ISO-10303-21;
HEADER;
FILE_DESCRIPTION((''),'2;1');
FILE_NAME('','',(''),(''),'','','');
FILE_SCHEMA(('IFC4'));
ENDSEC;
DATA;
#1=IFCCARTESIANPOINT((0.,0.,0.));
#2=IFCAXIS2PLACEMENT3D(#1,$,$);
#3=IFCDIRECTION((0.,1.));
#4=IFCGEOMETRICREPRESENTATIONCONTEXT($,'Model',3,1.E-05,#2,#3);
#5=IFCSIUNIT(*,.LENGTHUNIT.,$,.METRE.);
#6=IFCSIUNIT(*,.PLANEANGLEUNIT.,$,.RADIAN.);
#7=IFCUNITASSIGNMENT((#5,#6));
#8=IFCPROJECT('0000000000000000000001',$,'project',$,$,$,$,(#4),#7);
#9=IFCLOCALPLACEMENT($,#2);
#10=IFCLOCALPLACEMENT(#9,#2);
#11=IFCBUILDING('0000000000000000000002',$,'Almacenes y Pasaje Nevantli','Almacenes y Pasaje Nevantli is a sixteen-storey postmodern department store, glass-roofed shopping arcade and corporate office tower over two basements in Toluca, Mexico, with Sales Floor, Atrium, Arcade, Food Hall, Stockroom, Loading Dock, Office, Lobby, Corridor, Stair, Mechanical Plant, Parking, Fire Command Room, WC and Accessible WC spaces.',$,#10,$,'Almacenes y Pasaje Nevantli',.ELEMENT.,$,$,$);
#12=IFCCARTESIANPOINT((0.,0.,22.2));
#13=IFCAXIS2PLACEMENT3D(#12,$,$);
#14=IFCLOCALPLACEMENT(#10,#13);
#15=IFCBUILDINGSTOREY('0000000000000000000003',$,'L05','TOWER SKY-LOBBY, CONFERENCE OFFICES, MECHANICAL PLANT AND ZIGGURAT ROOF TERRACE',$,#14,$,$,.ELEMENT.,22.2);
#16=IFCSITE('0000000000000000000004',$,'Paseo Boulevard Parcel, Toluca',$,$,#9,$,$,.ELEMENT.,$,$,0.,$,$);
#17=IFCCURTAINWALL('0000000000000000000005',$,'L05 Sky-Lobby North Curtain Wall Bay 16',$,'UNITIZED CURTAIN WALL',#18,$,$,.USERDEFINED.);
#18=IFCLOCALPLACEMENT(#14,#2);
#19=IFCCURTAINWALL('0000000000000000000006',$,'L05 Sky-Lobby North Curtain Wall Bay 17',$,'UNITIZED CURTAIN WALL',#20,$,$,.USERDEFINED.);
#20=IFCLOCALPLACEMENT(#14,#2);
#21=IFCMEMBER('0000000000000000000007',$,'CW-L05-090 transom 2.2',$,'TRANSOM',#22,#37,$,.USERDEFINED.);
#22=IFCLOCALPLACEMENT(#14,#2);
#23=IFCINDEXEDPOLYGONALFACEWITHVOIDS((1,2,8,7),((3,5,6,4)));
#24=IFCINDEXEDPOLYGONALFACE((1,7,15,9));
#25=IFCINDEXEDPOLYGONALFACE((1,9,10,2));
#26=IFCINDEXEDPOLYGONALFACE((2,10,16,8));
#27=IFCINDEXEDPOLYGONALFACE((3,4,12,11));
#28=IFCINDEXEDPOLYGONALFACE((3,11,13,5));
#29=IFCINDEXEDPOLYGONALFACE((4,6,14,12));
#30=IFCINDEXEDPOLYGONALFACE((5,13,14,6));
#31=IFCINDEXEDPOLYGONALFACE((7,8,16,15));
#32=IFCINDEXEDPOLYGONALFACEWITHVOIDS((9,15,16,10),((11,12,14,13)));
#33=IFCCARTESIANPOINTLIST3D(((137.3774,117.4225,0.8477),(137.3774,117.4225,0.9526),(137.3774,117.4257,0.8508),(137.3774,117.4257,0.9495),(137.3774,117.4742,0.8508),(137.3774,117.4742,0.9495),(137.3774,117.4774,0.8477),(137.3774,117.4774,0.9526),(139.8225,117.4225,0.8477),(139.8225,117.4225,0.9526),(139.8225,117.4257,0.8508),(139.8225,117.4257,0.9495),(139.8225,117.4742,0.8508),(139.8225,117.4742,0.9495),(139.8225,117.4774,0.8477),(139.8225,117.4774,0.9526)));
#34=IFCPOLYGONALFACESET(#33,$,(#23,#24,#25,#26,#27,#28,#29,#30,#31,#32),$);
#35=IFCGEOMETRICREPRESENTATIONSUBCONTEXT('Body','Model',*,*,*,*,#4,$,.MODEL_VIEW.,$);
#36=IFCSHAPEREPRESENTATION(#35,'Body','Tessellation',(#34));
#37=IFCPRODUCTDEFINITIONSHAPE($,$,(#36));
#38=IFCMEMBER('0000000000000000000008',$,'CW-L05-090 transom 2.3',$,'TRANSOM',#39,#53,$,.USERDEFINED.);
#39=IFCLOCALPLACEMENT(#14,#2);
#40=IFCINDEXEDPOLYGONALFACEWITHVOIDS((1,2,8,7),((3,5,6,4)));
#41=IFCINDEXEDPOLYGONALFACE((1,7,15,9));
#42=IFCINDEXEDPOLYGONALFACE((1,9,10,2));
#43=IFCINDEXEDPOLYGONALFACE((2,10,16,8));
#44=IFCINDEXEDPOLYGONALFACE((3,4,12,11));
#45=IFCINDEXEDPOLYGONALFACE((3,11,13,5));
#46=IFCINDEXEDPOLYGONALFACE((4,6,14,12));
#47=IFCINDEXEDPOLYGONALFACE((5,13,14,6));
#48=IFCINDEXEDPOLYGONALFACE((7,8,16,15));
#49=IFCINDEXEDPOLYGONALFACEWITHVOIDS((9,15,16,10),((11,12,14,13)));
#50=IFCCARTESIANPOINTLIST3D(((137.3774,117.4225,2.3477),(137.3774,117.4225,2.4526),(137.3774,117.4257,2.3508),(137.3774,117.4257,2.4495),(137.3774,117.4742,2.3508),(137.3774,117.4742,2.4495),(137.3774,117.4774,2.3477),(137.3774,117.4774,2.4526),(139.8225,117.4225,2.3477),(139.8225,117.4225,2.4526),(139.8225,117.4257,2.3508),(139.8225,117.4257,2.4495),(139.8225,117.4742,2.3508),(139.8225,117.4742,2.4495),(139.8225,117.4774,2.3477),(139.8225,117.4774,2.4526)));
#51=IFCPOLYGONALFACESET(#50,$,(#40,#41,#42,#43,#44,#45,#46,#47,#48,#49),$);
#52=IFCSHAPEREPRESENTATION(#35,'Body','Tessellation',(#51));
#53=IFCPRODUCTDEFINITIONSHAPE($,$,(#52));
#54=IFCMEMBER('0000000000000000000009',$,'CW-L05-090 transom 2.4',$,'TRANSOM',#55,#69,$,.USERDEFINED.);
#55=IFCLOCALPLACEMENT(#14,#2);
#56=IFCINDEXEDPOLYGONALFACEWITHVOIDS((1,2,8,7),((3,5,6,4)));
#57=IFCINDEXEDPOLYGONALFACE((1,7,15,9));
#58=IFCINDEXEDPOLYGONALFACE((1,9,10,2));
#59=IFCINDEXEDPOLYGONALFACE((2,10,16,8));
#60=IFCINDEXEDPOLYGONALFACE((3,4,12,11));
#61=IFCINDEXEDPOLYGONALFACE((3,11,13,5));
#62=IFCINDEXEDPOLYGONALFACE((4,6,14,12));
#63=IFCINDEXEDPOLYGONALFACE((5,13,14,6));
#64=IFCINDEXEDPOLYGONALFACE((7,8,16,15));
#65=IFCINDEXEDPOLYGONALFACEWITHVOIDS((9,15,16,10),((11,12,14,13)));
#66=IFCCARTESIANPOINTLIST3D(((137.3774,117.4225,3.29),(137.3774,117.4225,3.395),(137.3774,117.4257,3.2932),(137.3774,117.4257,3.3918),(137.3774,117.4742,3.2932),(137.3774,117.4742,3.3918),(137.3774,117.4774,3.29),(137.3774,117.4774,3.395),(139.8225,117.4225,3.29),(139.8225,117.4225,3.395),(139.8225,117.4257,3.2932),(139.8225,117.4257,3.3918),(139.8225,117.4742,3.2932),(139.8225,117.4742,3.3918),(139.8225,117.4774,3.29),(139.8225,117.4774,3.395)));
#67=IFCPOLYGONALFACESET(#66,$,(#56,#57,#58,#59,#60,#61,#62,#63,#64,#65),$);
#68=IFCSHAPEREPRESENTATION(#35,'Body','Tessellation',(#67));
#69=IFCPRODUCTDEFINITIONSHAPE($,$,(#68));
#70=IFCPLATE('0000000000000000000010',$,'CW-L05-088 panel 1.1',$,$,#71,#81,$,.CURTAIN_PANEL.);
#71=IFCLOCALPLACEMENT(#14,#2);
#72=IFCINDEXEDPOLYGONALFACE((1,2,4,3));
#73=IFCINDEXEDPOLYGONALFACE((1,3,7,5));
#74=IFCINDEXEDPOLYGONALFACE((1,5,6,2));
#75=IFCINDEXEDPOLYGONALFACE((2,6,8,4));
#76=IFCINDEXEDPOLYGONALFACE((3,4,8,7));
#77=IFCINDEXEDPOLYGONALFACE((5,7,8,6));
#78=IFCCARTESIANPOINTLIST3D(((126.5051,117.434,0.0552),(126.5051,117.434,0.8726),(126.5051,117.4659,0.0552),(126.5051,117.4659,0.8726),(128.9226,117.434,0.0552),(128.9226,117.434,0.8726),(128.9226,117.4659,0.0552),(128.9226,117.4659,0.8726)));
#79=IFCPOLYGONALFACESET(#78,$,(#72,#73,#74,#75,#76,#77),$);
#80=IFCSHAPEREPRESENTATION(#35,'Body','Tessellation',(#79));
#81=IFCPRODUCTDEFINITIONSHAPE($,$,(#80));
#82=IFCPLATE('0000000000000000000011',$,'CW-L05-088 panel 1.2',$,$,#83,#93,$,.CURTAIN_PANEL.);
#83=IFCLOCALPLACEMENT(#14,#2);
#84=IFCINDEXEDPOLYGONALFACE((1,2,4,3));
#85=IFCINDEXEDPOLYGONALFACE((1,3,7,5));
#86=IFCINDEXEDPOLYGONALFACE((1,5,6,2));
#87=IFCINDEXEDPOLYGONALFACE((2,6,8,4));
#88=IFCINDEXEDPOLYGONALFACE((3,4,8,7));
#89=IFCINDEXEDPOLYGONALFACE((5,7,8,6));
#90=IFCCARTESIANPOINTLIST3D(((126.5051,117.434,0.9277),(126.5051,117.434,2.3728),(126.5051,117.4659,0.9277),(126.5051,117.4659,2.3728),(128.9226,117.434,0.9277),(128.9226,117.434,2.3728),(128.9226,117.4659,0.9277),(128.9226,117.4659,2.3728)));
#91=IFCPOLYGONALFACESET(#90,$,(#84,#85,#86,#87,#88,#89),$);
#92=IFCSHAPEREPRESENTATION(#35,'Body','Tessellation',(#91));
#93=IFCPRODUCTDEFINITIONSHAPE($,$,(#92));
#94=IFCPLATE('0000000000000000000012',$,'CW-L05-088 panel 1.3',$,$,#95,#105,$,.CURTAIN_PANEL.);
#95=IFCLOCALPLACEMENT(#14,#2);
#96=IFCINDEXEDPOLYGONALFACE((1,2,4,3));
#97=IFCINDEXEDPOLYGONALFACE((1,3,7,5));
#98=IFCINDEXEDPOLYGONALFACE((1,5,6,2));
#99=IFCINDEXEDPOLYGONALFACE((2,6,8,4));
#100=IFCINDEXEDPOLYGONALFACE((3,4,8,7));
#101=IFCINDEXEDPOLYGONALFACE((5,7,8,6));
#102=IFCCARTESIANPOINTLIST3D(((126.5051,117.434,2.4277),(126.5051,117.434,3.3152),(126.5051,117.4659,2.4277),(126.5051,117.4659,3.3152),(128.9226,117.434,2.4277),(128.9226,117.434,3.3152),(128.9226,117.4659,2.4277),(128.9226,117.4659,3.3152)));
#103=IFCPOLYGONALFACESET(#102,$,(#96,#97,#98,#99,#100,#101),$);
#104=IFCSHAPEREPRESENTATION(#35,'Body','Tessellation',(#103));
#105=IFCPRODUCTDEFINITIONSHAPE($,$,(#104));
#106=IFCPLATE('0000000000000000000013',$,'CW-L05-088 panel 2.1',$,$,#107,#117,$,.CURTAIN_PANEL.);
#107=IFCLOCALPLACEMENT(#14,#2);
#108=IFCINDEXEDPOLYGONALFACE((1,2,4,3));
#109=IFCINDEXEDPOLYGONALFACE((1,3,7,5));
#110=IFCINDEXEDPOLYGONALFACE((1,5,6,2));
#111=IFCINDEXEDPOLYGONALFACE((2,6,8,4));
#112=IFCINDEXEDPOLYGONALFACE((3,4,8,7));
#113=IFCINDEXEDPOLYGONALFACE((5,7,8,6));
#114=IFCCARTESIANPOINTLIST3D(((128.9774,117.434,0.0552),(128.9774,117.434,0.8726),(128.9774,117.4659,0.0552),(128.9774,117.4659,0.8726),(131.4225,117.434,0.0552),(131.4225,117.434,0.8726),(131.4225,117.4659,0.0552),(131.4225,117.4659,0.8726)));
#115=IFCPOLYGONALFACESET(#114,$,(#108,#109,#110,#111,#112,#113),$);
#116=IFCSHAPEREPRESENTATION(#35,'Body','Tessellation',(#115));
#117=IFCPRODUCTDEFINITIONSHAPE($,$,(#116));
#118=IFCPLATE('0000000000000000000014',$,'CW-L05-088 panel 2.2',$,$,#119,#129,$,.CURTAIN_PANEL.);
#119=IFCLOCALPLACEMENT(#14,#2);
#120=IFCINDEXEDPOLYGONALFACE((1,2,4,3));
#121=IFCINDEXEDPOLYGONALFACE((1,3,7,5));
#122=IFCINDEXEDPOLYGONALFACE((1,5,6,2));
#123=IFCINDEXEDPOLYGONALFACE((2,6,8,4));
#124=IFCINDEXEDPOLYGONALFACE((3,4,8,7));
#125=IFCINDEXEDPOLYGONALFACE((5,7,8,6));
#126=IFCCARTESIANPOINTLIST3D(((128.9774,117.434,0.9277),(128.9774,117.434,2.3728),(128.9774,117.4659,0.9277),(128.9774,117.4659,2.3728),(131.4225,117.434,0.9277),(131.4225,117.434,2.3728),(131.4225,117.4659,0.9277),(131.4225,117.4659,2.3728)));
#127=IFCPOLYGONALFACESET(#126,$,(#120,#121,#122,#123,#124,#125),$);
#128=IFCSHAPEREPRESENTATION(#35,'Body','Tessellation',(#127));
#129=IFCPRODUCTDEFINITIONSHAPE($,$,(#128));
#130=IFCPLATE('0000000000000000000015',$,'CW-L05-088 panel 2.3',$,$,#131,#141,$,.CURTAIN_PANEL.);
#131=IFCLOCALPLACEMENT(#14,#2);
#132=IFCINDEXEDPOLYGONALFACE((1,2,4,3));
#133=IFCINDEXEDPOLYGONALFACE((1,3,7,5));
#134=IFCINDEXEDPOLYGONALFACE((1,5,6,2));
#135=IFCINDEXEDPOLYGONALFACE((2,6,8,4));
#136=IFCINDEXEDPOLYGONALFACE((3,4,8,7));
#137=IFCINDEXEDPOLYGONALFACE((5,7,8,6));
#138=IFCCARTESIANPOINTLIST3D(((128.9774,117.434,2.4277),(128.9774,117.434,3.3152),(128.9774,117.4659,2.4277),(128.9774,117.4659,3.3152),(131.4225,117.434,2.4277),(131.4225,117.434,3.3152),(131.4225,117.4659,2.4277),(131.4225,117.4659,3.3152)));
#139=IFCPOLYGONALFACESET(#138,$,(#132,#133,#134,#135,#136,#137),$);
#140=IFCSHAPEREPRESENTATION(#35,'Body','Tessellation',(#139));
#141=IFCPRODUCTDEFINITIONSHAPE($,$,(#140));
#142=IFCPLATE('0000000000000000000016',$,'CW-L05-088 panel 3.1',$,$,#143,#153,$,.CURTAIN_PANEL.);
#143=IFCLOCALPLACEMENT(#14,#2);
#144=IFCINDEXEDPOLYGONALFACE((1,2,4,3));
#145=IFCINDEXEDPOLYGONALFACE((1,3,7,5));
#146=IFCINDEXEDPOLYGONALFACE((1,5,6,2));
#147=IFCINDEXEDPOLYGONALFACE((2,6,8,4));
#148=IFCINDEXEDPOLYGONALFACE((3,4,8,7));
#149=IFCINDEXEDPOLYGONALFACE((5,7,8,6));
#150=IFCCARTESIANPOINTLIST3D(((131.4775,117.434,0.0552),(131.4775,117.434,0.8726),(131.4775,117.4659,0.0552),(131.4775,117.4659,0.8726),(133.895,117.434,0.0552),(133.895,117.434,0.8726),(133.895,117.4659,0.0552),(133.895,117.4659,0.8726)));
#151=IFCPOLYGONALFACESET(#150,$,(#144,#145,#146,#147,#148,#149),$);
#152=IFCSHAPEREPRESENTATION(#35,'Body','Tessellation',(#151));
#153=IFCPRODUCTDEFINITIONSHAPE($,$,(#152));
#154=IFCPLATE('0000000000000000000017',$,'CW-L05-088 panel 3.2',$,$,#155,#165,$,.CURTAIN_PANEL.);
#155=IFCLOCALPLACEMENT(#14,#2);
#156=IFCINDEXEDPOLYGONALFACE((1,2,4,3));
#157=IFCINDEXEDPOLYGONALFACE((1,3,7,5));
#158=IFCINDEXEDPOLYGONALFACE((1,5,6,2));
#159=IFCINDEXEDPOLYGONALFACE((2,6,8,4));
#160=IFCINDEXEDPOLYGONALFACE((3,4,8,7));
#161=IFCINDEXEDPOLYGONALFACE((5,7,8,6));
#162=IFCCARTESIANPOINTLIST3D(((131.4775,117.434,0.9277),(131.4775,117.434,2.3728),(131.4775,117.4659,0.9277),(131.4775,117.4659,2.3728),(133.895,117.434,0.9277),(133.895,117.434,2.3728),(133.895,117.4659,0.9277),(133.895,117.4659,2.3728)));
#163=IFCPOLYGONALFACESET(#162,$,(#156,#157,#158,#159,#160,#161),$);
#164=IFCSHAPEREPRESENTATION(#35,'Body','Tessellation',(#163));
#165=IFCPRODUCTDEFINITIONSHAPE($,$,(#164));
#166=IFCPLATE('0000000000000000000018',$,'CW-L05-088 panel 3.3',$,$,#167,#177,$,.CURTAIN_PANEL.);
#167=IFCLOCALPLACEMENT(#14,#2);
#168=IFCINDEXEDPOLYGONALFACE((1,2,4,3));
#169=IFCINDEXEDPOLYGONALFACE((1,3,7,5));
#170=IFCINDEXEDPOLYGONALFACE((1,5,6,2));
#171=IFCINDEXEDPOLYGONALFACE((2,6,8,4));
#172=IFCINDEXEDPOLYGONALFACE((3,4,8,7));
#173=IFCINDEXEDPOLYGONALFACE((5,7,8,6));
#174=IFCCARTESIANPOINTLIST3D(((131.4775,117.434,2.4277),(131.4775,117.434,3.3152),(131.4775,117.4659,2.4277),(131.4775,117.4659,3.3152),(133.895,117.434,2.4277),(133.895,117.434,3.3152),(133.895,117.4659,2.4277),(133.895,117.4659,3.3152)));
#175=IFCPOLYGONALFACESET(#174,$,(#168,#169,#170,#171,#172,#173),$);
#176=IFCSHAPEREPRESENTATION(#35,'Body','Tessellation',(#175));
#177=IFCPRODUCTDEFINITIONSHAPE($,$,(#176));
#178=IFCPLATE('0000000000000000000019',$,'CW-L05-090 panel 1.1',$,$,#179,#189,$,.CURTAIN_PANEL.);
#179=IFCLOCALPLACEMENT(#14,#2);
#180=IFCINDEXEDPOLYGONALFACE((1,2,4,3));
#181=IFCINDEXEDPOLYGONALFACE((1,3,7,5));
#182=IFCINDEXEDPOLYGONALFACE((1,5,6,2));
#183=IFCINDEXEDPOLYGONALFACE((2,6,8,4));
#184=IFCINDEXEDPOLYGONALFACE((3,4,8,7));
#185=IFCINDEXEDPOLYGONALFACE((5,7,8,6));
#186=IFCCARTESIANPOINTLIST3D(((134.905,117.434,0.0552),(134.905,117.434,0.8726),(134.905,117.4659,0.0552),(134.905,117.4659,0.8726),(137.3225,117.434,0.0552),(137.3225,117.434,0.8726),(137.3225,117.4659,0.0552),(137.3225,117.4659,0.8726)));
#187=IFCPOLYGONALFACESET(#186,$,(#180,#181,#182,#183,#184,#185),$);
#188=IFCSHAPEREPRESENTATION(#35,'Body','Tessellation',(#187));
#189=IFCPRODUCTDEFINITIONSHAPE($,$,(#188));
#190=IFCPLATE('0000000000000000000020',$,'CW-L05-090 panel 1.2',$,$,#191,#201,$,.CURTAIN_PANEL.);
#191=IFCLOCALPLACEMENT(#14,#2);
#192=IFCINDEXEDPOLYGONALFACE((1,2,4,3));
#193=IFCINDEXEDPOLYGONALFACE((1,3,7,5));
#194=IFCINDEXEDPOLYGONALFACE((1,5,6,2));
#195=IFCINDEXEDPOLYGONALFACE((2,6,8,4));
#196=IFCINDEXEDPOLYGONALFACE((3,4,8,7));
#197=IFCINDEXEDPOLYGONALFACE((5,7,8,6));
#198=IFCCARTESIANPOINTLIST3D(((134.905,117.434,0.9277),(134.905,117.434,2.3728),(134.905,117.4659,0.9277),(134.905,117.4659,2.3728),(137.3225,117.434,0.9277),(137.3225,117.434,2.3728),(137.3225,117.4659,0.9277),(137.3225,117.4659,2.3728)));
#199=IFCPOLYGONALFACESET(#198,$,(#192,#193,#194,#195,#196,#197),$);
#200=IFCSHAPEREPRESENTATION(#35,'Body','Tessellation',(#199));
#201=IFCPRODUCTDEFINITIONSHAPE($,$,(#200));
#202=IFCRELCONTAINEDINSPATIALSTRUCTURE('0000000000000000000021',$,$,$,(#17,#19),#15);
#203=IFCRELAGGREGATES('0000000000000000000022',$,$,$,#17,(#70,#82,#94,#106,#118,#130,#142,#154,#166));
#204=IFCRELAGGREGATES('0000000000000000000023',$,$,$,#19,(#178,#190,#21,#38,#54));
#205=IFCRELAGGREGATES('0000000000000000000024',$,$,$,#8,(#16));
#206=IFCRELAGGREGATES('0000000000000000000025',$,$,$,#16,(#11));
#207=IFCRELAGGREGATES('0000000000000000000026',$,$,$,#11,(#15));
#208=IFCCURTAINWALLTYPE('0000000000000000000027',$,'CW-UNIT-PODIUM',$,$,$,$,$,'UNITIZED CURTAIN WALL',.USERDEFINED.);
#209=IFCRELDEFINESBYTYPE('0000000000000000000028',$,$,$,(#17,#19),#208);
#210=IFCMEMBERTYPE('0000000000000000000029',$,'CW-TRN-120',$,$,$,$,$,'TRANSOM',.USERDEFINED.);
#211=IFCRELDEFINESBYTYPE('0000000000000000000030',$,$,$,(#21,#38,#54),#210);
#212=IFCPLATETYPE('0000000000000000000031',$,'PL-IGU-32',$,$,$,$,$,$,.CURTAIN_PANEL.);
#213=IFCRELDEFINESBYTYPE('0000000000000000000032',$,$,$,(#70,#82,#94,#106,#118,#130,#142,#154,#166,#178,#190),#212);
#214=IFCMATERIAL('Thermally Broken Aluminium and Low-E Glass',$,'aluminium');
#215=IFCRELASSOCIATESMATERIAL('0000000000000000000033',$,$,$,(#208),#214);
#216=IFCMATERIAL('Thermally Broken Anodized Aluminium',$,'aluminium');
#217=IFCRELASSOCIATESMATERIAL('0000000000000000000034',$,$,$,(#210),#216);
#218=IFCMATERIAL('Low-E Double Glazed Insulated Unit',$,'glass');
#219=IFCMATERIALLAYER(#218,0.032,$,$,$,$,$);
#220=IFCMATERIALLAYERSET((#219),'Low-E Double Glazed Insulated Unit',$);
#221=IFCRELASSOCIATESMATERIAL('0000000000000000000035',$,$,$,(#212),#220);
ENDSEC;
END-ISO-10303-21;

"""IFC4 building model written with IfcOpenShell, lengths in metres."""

from ifc_helpers import new_model, si_unit, direction, frame, origin, origin_2d, place, context, subcontext, project, spatial, rectangle, hollow_rectangle, extrude, material, layer, layer_set, material_profile, profile_set, type_object, element, aggregate, save


model = new_model("IFC4")

# Units and contexts
model_context = context("Model", 3, precision=1e-05, world=origin(), true_north=direction((0.0, 1.0)))
body_context = subcontext(model_context, "Body", "Model", "MODEL_VIEW")
ifc_project = project(units=[si_unit("LENGTHUNIT", "METRE"), si_unit("PLANEANGLEUNIT", "RADIAN")], contexts=[model_context])

# Site, building, storey
site_placement = place(None, origin())
site = spatial("IfcSite", under=ifc_project, at=site_placement, Name="Paseo Boulevard Parcel, Toluca", CompositionType="ELEMENT", RefElevation=0.0)
building_placement = place(site_placement, origin())
building = spatial("IfcBuilding", under=site, at=building_placement, Name="Almacenes y Pasaje Nevantli", Description="Almacenes y Pasaje Nevantli is a sixteen-storey postmodern department store, glass-roofed shopping arcade and corporate office tower over two basements in Toluca, Mexico, with Sales Floor, Atrium, Arcade, Food Hall, Stockroom, Loading Dock, Office, Lobby, Corridor, Stair, Mechanical Plant, Parking, Fire Command Room, WC and Accessible WC spaces.", LongName="Almacenes y Pasaje Nevantli", CompositionType="ELEMENT")
storey_placement = place(building_placement, frame((0.0, 0.0, 22.2)))
storey = spatial("IfcBuildingStorey", under=building, at=storey_placement, Name="L05", Description="TOWER SKY-LOBBY, CONFERENCE OFFICES, MECHANICAL PLANT AND ZIGGURAT ROOF TERRACE", CompositionType="ELEMENT", Elevation=22.2)

# Curtain walls
ifc_material_1 = material(Name="Thermally Broken Aluminium and Low-E Glass", Category="aluminium")
curtain_wall_type = type_object("IfcCurtainWallType", Name="CW-UNIT-PODIUM", ElementType="UNITIZED CURTAIN WALL", PredefinedType="USERDEFINED", material=ifc_material_1)
curtain_wall_1_placement = place(storey_placement, origin())
curtain_wall_1 = element("IfcCurtainWall", 1, at=curtain_wall_1_placement, inside=storey, type_object=curtain_wall_type, Name="L05 Sky-Lobby North Curtain Wall Bay 16", ObjectType="UNITIZED CURTAIN WALL", PredefinedType="USERDEFINED")
curtain_wall_2_placement = place(storey_placement, origin())
curtain_wall_2 = element("IfcCurtainWall", 2, at=curtain_wall_2_placement, inside=storey, type_object=curtain_wall_type, Name="L05 Sky-Lobby North Curtain Wall Bay 17", ObjectType="UNITIZED CURTAIN WALL", PredefinedType="USERDEFINED")

# Members
ifc_material_2 = material(Name="Thermally Broken Anodized Aluminium", Category="aluminium")
ifc_material_profile_1 = material_profile(ifc_material_2, hollow_rectangle(XDim=0.0549, YDim=0.105, WallThickness=0.0032, at=origin_2d()), Name="ALU-TRN-55x105")
ifc_profile_set_1 = profile_set([ifc_material_profile_1], Name="Thermally Broken Anodized Aluminium")
member_type_1 = type_object("IfcMemberType", Name="CW-TRN-120", ElementType="TRANSOM", PredefinedType="USERDEFINED", material=ifc_profile_set_1)
member_1_placement = place(storey_placement, frame((137.3774, 117.45, 0.9001), z_axis=(1.0, 0.0, 0.0), x_axis=(0.0, 1.0, 0.0)))
member_1 = element("IfcMember", 3, at=member_1_placement, type_object=member_type_1, Name="CW-L05-090 transom 2.2", ObjectType="TRANSOM", PredefinedType="USERDEFINED", context=body_context, shape_type="SweptSolid", body=[
    extrude(hollow_rectangle(XDim=0.0549, YDim=0.105, WallThickness=0.0032, at=origin_2d()), origin(), (0.0, 0.0, 1.0), 2.4451),
])
member_2_placement = place(storey_placement, frame((137.3774, 117.45, 2.4001), z_axis=(1.0, 0.0, 0.0), x_axis=(0.0, 1.0, 0.0)))
member_2 = element("IfcMember", 4, at=member_2_placement, type_object=member_type_1, Name="CW-L05-090 transom 2.3", ObjectType="TRANSOM", PredefinedType="USERDEFINED", context=body_context, shape_type="SweptSolid", body=[
    extrude(hollow_rectangle(XDim=0.0549, YDim=0.105, WallThickness=0.0032, at=origin_2d()), origin(), (0.0, 0.0, 1.0), 2.4451),
])
member_3_placement = place(storey_placement, frame((137.3774, 117.45, 3.3425), z_axis=(1.0, 0.0, 0.0), x_axis=(0.0, 1.0, 0.0)))
member_3 = element("IfcMember", 5, at=member_3_placement, type_object=member_type_1, Name="CW-L05-090 transom 2.4", ObjectType="TRANSOM", PredefinedType="USERDEFINED", context=body_context, shape_type="SweptSolid", body=[
    extrude(hollow_rectangle(XDim=0.0549, YDim=0.105, WallThickness=0.0032, at=origin_2d()), origin(), (0.0, 0.0, 1.0), 2.4451),
])

# Plates
ifc_material_3 = material(Name="Low-E Double Glazed Insulated Unit", Category="glass")
ifc_layer = layer(ifc_material_3, 0.032)
ifc_layer_set = layer_set([ifc_layer], Name="Low-E Double Glazed Insulated Unit")
plate_type = type_object("IfcPlateType", Name="PL-IGU-32", PredefinedType="CURTAIN_PANEL", material=ifc_layer_set)
plate_1_placement = place(storey_placement, frame((127.7139, 117.45, 0.0552), z_axis=(0.0, 0.0, 1.0), x_axis=(1.0, 0.0, 0.0)))
plate_1 = element("IfcPlate", 6, at=plate_1_placement, type_object=plate_type, Name="CW-L05-088 panel 1.1", PredefinedType="CURTAIN_PANEL", context=body_context, shape_type="SweptSolid", body=[
    extrude(rectangle(XDim=2.4175, YDim=0.032, at=origin_2d()), origin(), (0.0, 0.0, 1.0), 0.8174),
])
plate_2_placement = place(storey_placement, frame((127.7139, 117.45, 0.9277), z_axis=(0.0, 0.0, 1.0), x_axis=(1.0, 0.0, 0.0)))
plate_2 = element("IfcPlate", 7, at=plate_2_placement, type_object=plate_type, Name="CW-L05-088 panel 1.2", PredefinedType="CURTAIN_PANEL", context=body_context, shape_type="SweptSolid", body=[
    extrude(rectangle(XDim=2.4175, YDim=0.032, at=origin_2d()), origin(), (0.0, 0.0, 1.0), 1.4451),
])
plate_3_placement = place(storey_placement, frame((127.7139, 117.45, 2.4277), z_axis=(0.0, 0.0, 1.0), x_axis=(1.0, 0.0, 0.0)))
plate_3 = element("IfcPlate", 8, at=plate_3_placement, type_object=plate_type, Name="CW-L05-088 panel 1.3", PredefinedType="CURTAIN_PANEL", context=body_context, shape_type="SweptSolid", body=[
    extrude(rectangle(XDim=2.4175, YDim=0.032, at=origin_2d()), origin(), (0.0, 0.0, 1.0), 0.8875),
])
plate_4_placement = place(storey_placement, frame((130.2, 117.45, 0.0552), z_axis=(0.0, 0.0, 1.0), x_axis=(1.0, 0.0, 0.0)))
plate_4 = element("IfcPlate", 9, at=plate_4_placement, type_object=plate_type, Name="CW-L05-088 panel 2.1", PredefinedType="CURTAIN_PANEL", context=body_context, shape_type="SweptSolid", body=[
    extrude(rectangle(XDim=2.4451, YDim=0.032, at=origin_2d()), origin(), (0.0, 0.0, 1.0), 0.8174),
])
plate_5_placement = place(storey_placement, frame((130.2, 117.45, 0.9277), z_axis=(0.0, 0.0, 1.0), x_axis=(1.0, 0.0, 0.0)))
plate_5 = element("IfcPlate", 10, at=plate_5_placement, type_object=plate_type, Name="CW-L05-088 panel 2.2", PredefinedType="CURTAIN_PANEL", context=body_context, shape_type="SweptSolid", body=[
    extrude(rectangle(XDim=2.4451, YDim=0.032, at=origin_2d()), origin(), (0.0, 0.0, 1.0), 1.4451),
])
plate_6_placement = place(storey_placement, frame((130.2, 117.45, 2.4277), z_axis=(0.0, 0.0, 1.0), x_axis=(1.0, 0.0, 0.0)))
plate_6 = element("IfcPlate", 11, at=plate_6_placement, type_object=plate_type, Name="CW-L05-088 panel 2.3", PredefinedType="CURTAIN_PANEL", context=body_context, shape_type="SweptSolid", body=[
    extrude(rectangle(XDim=2.4451, YDim=0.032, at=origin_2d()), origin(), (0.0, 0.0, 1.0), 0.8875),
])
plate_7_placement = place(storey_placement, frame((132.6863, 117.45, 0.0552), z_axis=(0.0, 0.0, 1.0), x_axis=(1.0, 0.0, 0.0)))
plate_7 = element("IfcPlate", 12, at=plate_7_placement, type_object=plate_type, Name="CW-L05-088 panel 3.1", PredefinedType="CURTAIN_PANEL", context=body_context, shape_type="SweptSolid", body=[
    extrude(rectangle(XDim=2.4175, YDim=0.032, at=origin_2d()), origin(), (0.0, 0.0, 1.0), 0.8174),
])
plate_8_placement = place(storey_placement, frame((132.6863, 117.45, 0.9277), z_axis=(0.0, 0.0, 1.0), x_axis=(1.0, 0.0, 0.0)))
plate_8 = element("IfcPlate", 13, at=plate_8_placement, type_object=plate_type, Name="CW-L05-088 panel 3.2", PredefinedType="CURTAIN_PANEL", context=body_context, shape_type="SweptSolid", body=[
    extrude(rectangle(XDim=2.4175, YDim=0.032, at=origin_2d()), origin(), (0.0, 0.0, 1.0), 1.4451),
])
plate_9_placement = place(storey_placement, frame((132.6863, 117.45, 2.4277), z_axis=(0.0, 0.0, 1.0), x_axis=(1.0, 0.0, 0.0)))
plate_9 = element("IfcPlate", 14, at=plate_9_placement, type_object=plate_type, Name="CW-L05-088 panel 3.3", PredefinedType="CURTAIN_PANEL", context=body_context, shape_type="SweptSolid", body=[
    extrude(rectangle(XDim=2.4175, YDim=0.032, at=origin_2d()), origin(), (0.0, 0.0, 1.0), 0.8875),
])
aggregate(curtain_wall_1, [plate_1, plate_2, plate_3, plate_4, plate_5, plate_6, plate_7, plate_8, plate_9])
plate_10_placement = place(storey_placement, frame((136.1138, 117.45, 0.0552), z_axis=(0.0, 0.0, 1.0), x_axis=(1.0, 0.0, 0.0)))
plate_10 = element("IfcPlate", 15, at=plate_10_placement, type_object=plate_type, Name="CW-L05-090 panel 1.1", PredefinedType="CURTAIN_PANEL", context=body_context, shape_type="SweptSolid", body=[
    extrude(rectangle(XDim=2.4175, YDim=0.032, at=origin_2d()), origin(), (0.0, 0.0, 1.0), 0.8174),
])
plate_11_placement = place(storey_placement, frame((136.1138, 117.45, 0.9277), z_axis=(0.0, 0.0, 1.0), x_axis=(1.0, 0.0, 0.0)))
plate_11 = element("IfcPlate", 16, at=plate_11_placement, type_object=plate_type, Name="CW-L05-090 panel 1.2", PredefinedType="CURTAIN_PANEL", context=body_context, shape_type="SweptSolid", body=[
    extrude(rectangle(XDim=2.4175, YDim=0.032, at=origin_2d()), origin(), (0.0, 0.0, 1.0), 1.4451),
])
aggregate(curtain_wall_2, [plate_10, plate_11, member_1, member_2, member_3])

save(model, "model.ifc")
